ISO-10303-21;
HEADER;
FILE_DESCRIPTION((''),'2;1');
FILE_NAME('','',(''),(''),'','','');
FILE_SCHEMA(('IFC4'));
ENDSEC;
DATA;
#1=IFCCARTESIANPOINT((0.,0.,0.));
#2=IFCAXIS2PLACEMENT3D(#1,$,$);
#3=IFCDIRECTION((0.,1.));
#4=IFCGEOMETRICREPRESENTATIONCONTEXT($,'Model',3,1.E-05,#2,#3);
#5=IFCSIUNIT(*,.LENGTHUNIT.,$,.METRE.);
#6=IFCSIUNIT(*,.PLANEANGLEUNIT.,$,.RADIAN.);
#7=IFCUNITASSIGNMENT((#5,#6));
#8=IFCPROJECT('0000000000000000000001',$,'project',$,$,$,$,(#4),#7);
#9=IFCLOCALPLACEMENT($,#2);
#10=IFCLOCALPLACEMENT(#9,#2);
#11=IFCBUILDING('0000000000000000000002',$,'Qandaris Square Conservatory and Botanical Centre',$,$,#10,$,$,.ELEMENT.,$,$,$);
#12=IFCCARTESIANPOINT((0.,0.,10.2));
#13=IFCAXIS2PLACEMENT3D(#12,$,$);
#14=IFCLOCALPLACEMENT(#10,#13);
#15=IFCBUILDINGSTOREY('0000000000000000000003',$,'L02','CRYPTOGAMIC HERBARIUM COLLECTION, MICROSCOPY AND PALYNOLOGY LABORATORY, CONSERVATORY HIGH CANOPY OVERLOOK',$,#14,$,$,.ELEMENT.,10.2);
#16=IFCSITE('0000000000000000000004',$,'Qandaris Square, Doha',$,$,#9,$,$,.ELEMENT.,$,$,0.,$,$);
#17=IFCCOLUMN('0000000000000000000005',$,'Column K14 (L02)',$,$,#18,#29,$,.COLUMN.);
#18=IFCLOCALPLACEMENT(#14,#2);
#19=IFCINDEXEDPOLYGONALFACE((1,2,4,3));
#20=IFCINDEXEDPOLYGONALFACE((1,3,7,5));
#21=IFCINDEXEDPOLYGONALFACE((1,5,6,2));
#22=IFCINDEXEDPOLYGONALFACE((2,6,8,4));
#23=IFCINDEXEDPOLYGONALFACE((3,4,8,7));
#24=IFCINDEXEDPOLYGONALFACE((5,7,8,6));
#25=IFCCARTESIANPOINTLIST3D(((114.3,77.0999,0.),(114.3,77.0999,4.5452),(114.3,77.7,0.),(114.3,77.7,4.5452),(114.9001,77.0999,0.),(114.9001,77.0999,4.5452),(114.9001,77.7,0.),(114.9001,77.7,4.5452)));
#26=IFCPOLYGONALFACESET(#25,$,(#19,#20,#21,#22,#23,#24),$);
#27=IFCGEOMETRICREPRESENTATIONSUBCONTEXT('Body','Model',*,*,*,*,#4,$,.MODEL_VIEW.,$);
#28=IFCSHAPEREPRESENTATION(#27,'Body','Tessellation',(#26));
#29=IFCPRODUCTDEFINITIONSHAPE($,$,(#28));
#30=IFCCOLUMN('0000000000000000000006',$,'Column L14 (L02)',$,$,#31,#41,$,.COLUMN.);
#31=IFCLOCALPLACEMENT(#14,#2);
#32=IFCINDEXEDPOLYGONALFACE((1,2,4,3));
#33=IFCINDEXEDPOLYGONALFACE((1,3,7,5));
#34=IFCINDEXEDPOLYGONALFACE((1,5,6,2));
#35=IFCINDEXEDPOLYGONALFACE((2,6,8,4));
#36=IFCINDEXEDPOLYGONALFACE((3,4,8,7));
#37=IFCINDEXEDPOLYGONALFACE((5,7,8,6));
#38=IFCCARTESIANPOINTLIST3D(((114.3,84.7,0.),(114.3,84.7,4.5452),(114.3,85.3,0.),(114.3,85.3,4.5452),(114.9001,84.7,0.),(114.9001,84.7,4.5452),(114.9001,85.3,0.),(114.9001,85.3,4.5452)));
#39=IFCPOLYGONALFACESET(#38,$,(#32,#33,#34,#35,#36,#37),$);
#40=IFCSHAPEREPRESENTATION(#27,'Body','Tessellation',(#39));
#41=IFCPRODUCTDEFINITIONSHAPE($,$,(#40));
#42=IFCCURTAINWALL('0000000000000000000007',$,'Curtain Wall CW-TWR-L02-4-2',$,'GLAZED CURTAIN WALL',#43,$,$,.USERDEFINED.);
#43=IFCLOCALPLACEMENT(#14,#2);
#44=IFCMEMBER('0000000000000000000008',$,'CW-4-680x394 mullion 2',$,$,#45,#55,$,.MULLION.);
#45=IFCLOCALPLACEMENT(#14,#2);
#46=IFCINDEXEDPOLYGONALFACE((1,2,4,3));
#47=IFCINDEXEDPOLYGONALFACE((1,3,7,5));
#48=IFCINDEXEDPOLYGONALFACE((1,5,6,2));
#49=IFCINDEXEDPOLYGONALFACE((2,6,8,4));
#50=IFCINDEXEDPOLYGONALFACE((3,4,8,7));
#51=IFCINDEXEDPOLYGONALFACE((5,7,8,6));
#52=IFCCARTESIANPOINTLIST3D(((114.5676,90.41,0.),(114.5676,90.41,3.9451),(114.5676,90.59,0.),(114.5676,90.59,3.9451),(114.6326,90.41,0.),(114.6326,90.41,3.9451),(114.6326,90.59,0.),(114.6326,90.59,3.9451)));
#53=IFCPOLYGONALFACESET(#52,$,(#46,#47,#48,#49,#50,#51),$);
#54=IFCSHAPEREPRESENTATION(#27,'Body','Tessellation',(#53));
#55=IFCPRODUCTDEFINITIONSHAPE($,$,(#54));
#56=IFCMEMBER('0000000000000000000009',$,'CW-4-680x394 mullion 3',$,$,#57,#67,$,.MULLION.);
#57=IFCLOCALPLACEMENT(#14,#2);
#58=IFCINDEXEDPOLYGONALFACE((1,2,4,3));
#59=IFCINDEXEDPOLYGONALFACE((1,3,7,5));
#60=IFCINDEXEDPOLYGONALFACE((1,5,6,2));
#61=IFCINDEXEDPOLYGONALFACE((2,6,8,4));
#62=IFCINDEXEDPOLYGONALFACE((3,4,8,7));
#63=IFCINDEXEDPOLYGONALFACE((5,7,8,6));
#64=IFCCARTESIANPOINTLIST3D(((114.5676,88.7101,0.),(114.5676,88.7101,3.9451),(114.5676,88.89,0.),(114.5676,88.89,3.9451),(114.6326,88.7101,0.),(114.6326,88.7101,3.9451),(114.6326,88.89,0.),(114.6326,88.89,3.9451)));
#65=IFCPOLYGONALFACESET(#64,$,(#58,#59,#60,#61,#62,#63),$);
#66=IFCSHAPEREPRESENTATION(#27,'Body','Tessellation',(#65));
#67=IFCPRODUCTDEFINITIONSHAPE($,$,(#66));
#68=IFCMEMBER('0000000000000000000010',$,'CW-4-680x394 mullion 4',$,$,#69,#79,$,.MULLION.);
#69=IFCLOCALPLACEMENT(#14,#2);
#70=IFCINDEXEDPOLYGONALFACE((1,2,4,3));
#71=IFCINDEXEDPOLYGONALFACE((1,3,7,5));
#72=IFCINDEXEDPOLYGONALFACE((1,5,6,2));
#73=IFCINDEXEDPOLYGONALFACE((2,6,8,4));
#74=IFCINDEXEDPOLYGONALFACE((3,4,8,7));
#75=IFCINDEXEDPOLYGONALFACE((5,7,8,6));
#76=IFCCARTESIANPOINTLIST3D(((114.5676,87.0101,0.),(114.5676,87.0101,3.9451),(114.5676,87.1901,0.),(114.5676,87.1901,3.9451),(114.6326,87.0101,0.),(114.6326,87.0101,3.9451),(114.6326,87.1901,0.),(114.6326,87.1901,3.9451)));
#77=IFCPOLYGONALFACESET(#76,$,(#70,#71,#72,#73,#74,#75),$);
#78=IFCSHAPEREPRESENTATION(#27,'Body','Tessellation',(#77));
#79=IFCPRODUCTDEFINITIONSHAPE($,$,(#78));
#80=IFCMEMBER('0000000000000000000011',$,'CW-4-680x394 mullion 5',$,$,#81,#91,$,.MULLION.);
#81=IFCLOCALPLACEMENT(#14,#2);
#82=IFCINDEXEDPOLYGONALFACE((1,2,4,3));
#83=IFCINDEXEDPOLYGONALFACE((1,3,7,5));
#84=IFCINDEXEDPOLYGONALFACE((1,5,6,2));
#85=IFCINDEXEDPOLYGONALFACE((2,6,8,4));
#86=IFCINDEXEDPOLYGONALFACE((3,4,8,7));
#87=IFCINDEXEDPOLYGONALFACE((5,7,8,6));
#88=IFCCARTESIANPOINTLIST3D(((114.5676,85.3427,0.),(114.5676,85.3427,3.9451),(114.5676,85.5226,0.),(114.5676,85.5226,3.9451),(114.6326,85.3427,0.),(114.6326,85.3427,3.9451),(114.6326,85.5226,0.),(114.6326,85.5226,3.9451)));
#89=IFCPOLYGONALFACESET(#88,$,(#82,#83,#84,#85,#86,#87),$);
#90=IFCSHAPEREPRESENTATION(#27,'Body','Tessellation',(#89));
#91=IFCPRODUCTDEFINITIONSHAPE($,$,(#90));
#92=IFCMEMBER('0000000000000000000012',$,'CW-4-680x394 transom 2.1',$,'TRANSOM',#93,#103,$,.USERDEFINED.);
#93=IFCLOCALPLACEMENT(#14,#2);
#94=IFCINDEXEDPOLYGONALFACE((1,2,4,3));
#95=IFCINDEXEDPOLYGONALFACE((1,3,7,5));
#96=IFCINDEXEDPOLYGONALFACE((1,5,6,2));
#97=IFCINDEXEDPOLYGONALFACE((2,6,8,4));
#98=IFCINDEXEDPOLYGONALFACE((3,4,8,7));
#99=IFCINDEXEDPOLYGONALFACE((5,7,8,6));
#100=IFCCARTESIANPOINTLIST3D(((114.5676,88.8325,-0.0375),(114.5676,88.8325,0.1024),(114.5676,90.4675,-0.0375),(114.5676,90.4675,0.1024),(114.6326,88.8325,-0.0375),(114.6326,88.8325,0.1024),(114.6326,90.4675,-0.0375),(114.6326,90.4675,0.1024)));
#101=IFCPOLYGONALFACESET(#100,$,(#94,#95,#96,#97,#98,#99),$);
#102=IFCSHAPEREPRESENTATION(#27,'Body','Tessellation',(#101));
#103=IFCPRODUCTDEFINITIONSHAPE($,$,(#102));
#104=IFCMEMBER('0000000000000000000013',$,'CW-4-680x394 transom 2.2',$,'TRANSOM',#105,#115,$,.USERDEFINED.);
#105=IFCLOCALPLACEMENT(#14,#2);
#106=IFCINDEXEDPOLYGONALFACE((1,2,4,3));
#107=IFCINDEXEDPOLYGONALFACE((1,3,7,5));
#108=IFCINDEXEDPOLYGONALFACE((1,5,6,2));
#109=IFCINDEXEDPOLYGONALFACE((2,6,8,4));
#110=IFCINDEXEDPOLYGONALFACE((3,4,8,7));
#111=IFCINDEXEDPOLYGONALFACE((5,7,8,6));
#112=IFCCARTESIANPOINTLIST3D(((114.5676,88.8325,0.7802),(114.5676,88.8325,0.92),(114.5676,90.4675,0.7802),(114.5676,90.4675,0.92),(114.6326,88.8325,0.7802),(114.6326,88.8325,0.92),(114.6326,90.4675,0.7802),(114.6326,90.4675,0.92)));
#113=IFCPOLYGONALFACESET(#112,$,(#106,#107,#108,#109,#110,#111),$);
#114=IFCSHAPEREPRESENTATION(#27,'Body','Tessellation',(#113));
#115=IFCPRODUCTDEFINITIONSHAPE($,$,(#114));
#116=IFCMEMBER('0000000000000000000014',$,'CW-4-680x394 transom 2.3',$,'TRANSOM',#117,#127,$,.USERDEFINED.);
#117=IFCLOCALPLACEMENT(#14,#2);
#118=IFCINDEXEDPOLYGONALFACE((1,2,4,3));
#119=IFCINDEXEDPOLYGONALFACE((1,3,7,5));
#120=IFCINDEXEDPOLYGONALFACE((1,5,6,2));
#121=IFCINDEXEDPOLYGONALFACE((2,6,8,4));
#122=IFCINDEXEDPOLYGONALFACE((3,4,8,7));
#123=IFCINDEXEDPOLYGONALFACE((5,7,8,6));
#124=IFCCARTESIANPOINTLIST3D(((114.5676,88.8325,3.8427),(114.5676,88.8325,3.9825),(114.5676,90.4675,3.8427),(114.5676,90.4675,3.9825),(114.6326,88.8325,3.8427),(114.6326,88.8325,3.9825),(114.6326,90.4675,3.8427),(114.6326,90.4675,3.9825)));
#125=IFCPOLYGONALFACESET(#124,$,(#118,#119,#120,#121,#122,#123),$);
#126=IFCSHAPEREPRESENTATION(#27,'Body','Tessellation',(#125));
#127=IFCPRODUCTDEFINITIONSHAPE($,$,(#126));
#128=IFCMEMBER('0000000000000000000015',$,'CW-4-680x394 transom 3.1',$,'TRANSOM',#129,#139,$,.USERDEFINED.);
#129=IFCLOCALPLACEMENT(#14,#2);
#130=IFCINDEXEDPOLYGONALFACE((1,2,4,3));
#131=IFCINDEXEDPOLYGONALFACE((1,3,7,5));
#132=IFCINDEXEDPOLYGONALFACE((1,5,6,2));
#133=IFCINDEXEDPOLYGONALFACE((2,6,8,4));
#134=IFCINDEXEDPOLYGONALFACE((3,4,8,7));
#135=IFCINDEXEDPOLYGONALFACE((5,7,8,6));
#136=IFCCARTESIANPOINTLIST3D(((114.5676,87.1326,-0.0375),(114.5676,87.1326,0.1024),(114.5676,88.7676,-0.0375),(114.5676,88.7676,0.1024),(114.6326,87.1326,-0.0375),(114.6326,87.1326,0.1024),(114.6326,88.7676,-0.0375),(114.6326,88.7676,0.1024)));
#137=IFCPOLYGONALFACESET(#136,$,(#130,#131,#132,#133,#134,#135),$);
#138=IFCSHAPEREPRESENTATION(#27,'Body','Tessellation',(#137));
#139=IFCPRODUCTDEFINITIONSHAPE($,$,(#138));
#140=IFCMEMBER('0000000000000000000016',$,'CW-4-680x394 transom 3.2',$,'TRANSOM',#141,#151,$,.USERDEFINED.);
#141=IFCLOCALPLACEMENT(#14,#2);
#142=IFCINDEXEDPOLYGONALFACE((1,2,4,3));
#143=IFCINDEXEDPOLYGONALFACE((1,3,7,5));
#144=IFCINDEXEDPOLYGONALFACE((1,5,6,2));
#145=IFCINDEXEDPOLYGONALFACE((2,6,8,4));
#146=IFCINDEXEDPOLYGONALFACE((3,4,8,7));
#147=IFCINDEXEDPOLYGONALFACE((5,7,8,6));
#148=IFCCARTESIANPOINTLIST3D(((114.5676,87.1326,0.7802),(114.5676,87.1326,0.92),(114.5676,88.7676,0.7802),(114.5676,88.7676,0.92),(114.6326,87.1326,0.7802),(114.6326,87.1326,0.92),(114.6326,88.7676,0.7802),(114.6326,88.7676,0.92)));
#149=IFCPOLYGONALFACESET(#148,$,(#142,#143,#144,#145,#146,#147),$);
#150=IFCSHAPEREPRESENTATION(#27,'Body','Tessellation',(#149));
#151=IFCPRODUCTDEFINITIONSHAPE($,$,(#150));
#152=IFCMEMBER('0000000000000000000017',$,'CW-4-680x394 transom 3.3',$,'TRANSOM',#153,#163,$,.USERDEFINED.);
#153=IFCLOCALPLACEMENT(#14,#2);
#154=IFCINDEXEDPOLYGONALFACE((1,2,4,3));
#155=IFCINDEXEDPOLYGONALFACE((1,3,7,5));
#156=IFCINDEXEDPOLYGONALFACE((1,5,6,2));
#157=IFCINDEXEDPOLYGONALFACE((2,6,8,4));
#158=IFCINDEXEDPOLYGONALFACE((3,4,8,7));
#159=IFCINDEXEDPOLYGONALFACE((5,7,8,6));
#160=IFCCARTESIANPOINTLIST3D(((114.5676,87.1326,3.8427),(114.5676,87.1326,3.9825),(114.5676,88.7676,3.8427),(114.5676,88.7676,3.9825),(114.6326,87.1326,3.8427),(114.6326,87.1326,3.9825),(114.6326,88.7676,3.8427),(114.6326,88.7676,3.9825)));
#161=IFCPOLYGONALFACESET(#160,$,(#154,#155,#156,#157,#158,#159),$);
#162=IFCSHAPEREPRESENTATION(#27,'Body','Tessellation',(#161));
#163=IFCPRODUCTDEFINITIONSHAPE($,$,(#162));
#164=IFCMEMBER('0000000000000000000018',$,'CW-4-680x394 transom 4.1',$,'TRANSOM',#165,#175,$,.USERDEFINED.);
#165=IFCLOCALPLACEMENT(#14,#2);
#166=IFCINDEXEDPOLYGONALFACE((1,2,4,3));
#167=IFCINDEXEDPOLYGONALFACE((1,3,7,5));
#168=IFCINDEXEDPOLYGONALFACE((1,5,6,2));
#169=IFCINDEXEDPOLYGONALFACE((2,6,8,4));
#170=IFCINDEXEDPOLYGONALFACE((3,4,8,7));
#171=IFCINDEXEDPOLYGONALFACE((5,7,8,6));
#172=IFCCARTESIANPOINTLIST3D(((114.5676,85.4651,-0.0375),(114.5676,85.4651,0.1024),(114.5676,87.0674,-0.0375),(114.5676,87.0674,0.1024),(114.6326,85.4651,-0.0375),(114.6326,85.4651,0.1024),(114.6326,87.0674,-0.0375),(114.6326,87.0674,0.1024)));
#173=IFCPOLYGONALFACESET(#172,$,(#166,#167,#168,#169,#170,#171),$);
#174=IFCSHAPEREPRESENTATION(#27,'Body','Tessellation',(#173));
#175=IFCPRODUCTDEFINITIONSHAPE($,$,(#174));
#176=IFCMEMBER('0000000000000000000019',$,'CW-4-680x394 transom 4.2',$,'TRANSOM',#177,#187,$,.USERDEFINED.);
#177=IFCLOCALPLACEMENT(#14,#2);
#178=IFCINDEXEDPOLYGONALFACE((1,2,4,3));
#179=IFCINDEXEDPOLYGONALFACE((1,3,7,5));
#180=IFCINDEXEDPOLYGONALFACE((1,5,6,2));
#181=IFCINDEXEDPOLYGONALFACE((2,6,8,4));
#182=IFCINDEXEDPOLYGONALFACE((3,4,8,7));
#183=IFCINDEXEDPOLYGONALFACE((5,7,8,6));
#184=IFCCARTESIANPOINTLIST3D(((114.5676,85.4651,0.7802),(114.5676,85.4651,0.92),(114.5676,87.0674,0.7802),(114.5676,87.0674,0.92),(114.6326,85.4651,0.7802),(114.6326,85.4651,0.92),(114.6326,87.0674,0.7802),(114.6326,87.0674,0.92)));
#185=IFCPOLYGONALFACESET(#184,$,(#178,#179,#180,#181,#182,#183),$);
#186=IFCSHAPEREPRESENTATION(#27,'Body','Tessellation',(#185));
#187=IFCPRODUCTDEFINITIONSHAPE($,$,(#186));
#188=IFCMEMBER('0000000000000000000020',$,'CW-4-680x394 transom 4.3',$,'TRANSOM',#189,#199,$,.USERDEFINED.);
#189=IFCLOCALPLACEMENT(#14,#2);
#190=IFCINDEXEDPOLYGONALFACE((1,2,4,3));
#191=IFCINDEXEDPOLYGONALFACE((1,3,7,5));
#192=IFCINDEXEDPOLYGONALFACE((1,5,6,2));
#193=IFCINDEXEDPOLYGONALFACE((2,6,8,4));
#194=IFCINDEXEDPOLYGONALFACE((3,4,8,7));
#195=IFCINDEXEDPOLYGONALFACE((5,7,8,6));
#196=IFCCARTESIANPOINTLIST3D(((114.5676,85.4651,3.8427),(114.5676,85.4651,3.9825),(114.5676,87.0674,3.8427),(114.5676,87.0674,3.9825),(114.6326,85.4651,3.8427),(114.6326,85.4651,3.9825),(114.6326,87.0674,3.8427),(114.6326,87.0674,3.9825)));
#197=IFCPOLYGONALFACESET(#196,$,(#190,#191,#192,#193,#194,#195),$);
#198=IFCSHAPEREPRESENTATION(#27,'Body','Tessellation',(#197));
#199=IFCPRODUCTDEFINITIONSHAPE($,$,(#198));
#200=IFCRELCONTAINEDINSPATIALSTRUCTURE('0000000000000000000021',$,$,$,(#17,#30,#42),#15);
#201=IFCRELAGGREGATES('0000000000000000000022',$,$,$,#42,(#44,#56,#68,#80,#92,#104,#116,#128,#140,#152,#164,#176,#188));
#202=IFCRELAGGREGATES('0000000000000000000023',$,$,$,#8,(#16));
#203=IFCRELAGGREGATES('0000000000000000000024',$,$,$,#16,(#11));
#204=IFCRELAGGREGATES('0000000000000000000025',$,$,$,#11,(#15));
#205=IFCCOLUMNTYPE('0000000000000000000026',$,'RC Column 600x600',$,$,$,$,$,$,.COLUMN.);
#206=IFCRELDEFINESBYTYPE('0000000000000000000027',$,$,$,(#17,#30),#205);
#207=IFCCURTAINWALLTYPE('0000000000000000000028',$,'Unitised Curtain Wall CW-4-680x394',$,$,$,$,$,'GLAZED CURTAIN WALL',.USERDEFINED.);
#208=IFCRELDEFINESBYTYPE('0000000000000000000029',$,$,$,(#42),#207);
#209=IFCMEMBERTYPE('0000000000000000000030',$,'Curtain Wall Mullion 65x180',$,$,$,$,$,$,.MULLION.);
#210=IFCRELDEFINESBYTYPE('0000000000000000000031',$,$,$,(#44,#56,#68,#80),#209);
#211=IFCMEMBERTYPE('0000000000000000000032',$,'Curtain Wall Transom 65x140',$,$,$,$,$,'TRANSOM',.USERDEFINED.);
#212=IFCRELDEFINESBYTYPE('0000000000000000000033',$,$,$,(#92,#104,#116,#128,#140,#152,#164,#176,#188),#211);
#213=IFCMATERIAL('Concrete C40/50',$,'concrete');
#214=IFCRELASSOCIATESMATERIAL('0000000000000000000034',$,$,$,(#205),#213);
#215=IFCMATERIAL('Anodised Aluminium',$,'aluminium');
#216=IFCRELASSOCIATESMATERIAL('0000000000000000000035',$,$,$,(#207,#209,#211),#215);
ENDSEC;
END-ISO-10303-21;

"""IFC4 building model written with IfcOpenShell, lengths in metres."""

from ifc_helpers import new_model, si_unit, direction, frame, origin, origin_2d, place, context, subcontext, project, spatial, rectangle, extrude, material, material_profile, profile_set, type_object, element, aggregate, save


model = new_model("IFC4")

# Units and contexts
model_context = context("Model", 3, precision=1e-05, world=origin(), true_north=direction((0.0, 1.0)))
body_context = subcontext(model_context, "Body", "Model", "MODEL_VIEW")
ifc_project = project(units=[si_unit("LENGTHUNIT", "METRE"), si_unit("PLANEANGLEUNIT", "RADIAN")], contexts=[model_context])

# Site, building, storey
site_placement = place(None, origin())
site = spatial("IfcSite", under=ifc_project, at=site_placement, Name="Qandaris Square, Doha", CompositionType="ELEMENT", RefElevation=0.0)
building_placement = place(site_placement, origin())
building = spatial("IfcBuilding", under=site, at=building_placement, Name="Qandaris Square Conservatory and Botanical Centre", CompositionType="ELEMENT")
storey_placement = place(building_placement, frame((0.0, 0.0, 10.2)))
storey = spatial("IfcBuildingStorey", under=building, at=storey_placement, Name="L02", Description="CRYPTOGAMIC HERBARIUM COLLECTION, MICROSCOPY AND PALYNOLOGY LABORATORY, CONSERVATORY HIGH CANOPY OVERLOOK", CompositionType="ELEMENT", Elevation=10.2)

# Columns
ifc_material_1 = material(Name="Concrete C40/50", Category="concrete")
ifc_material_profile_1 = material_profile(ifc_material_1, rectangle(XDim=0.6001, YDim=0.6001, at=origin_2d()), Name="RC-COL 600x600")
ifc_profile_set_1 = profile_set([ifc_material_profile_1], Name="Concrete C40/50")
column_type = type_object("IfcColumnType", Name="RC Column 600x600", PredefinedType="COLUMN", material=ifc_profile_set_1)
for number, where, z_axis, x_axis, name in (
    (1, (114.6001, 77.3999, 0.0), (0.0, 0.0, 1.0), (1.0, 0.0, 0.0), "Column K14 (L02)"),
    (2, (114.6001, 85.0, 0.0), (0.0, 0.0, 1.0), (1.0, 0.0, 0.0), "Column L14 (L02)"),
):
    element("IfcColumn", number, at=place(storey_placement, frame(where, z_axis=z_axis, x_axis=x_axis)), inside=storey, type_object=column_type, Name=name, PredefinedType="COLUMN", context=body_context, shape_type="SweptSolid", body=[
        extrude(rectangle(XDim=0.6001, YDim=0.6001, at=origin_2d()), origin(), (0.0, 0.0, 1.0), 4.5452),
    ])

# Curtain wall, members
ifc_material_2 = material(Name="Anodised Aluminium", Category="aluminium")
curtain_wall_type = type_object("IfcCurtainWallType", Name="Unitised Curtain Wall CW-4-680x394", ElementType="GLAZED CURTAIN WALL", PredefinedType="USERDEFINED", material=ifc_material_2)
curtain_wall_placement = place(storey_placement, origin())
curtain_wall = element("IfcCurtainWall", 3, at=curtain_wall_placement, inside=storey, type_object=curtain_wall_type, Name="Curtain Wall CW-TWR-L02-4-2", ObjectType="GLAZED CURTAIN WALL", PredefinedType="USERDEFINED")
ifc_material_profile_2 = material_profile(ifc_material_2, rectangle(XDim=0.0649, YDim=0.1799, at=origin_2d()), Name="ALU-MUL 65x180")
ifc_profile_set_2 = profile_set([ifc_material_profile_2], Name="Anodised Aluminium")
member_type_1 = type_object("IfcMemberType", Name="Curtain Wall Mullion 65x180", PredefinedType="MULLION", material=ifc_profile_set_2)
member_1_placement = place(storey_placement, frame((114.6001, 90.5, 0.0), z_axis=(0.0, 0.0, 1.0), x_axis=(1.0, 0.0, 0.0)))
member_1 = element("IfcMember", 4, at=member_1_placement, type_object=member_type_1, Name="CW-4-680x394 mullion 2", PredefinedType="MULLION", context=body_context, shape_type="SweptSolid", body=[
    extrude(rectangle(XDim=0.0649, YDim=0.1799, at=origin_2d()), origin(), (0.0, 0.0, 1.0), 3.9451),
])
member_2_placement = place(storey_placement, frame((114.6001, 88.8, 0.0), z_axis=(0.0, 0.0, 1.0), x_axis=(1.0, 0.0, 0.0)))
member_2 = element("IfcMember", 5, at=member_2_placement, type_object=member_type_1, Name="CW-4-680x394 mullion 3", PredefinedType="MULLION", context=body_context, shape_type="SweptSolid", body=[
    extrude(rectangle(XDim=0.0649, YDim=0.1799, at=origin_2d()), origin(), (0.0, 0.0, 1.0), 3.9451),
])
member_3_placement = place(storey_placement, frame((114.6001, 87.1001, 0.0), z_axis=(0.0, 0.0, 1.0), x_axis=(1.0, 0.0, 0.0)))
member_3 = element("IfcMember", 6, at=member_3_placement, type_object=member_type_1, Name="CW-4-680x394 mullion 4", PredefinedType="MULLION", context=body_context, shape_type="SweptSolid", body=[
    extrude(rectangle(XDim=0.0649, YDim=0.1799, at=origin_2d()), origin(), (0.0, 0.0, 1.0), 3.9451),
])
member_4_placement = place(storey_placement, frame((114.6001, 85.4326, 0.0), z_axis=(0.0, 0.0, 1.0), x_axis=(1.0, 0.0, 0.0)))
member_4 = element("IfcMember", 7, at=member_4_placement, type_object=member_type_1, Name="CW-4-680x394 mullion 5", PredefinedType="MULLION", context=body_context, shape_type="SweptSolid", body=[
    extrude(rectangle(XDim=0.0649, YDim=0.1799, at=origin_2d()), origin(), (0.0, 0.0, 1.0), 3.9451),
])
ifc_material_profile_3 = material_profile(ifc_material_2, rectangle(XDim=0.0649, YDim=0.1399, at=origin_2d()), Name="ALU-TRN 65x140")
ifc_profile_set_3 = profile_set([ifc_material_profile_3], Name="Anodised Aluminium")
member_type_2 = type_object("IfcMemberType", Name="Curtain Wall Transom 65x140", ElementType="TRANSOM", PredefinedType="USERDEFINED", material=ifc_profile_set_3)
member_5_placement = place(storey_placement, frame((114.6001, 90.4675, 0.0325), z_axis=(0.0, -1.0, 0.0), x_axis=(1.0, 0.0, 0.0)))
member_5 = element("IfcMember", 8, at=member_5_placement, type_object=member_type_2, Name="CW-4-680x394 transom 2.1", ObjectType="TRANSOM", PredefinedType="USERDEFINED", context=body_context, shape_type="SweptSolid", body=[
    extrude(rectangle(XDim=0.0649, YDim=0.1399, at=origin_2d()), origin(), (0.0, 0.0, 1.0), 1.635),
])
member_6_placement = place(storey_placement, frame((114.6001, 90.4675, 0.8501), z_axis=(0.0, -1.0, 0.0), x_axis=(1.0, 0.0, 0.0)))
member_6 = element("IfcMember", 9, at=member_6_placement, type_object=member_type_2, Name="CW-4-680x394 transom 2.2", ObjectType="TRANSOM", PredefinedType="USERDEFINED", context=body_context, shape_type="SweptSolid", body=[
    extrude(rectangle(XDim=0.0649, YDim=0.1399, at=origin_2d()), origin(), (0.0, 0.0, 1.0), 1.635),
])
member_7_placement = place(storey_placement, frame((114.6001, 90.4675, 3.9126), z_axis=(0.0, -1.0, 0.0), x_axis=(1.0, 0.0, 0.0)))
member_7 = element("IfcMember", 10, at=member_7_placement, type_object=member_type_2, Name="CW-4-680x394 transom 2.3", ObjectType="TRANSOM", PredefinedType="USERDEFINED", context=body_context, shape_type="SweptSolid", body=[
    extrude(rectangle(XDim=0.0649, YDim=0.1399, at=origin_2d()), origin(), (0.0, 0.0, 1.0), 1.635),
])
member_8_placement = place(storey_placement, frame((114.6001, 88.7676, 0.0325), z_axis=(0.0, -1.0, 0.0), x_axis=(1.0, 0.0, 0.0)))
member_8 = element("IfcMember", 11, at=member_8_placement, type_object=member_type_2, Name="CW-4-680x394 transom 3.1", ObjectType="TRANSOM", PredefinedType="USERDEFINED", context=body_context, shape_type="SweptSolid", body=[
    extrude(rectangle(XDim=0.0649, YDim=0.1399, at=origin_2d()), origin(), (0.0, 0.0, 1.0), 1.635),
])
member_9_placement = place(storey_placement, frame((114.6001, 88.7676, 0.8501), z_axis=(0.0, -1.0, 0.0), x_axis=(1.0, 0.0, 0.0)))
member_9 = element("IfcMember", 12, at=member_9_placement, type_object=member_type_2, Name="CW-4-680x394 transom 3.2", ObjectType="TRANSOM", PredefinedType="USERDEFINED", context=body_context, shape_type="SweptSolid", body=[
    extrude(rectangle(XDim=0.0649, YDim=0.1399, at=origin_2d()), origin(), (0.0, 0.0, 1.0), 1.635),
])
member_10_placement = place(storey_placement, frame((114.6001, 88.7676, 3.9126), z_axis=(0.0, -1.0, 0.0), x_axis=(1.0, 0.0, 0.0)))
member_10 = element("IfcMember", 13, at=member_10_placement, type_object=member_type_2, Name="CW-4-680x394 transom 3.3", ObjectType="TRANSOM", PredefinedType="USERDEFINED", context=body_context, shape_type="SweptSolid", body=[
    extrude(rectangle(XDim=0.0649, YDim=0.1399, at=origin_2d()), origin(), (0.0, 0.0, 1.0), 1.635),
])
member_11_placement = place(storey_placement, frame((114.6001, 87.0674, 0.0325), z_axis=(0.0, -1.0, 0.0), x_axis=(1.0, 0.0, 0.0)))
member_11 = element("IfcMember", 14, at=member_11_placement, type_object=member_type_2, Name="CW-4-680x394 transom 4.1", ObjectType="TRANSOM", PredefinedType="USERDEFINED", context=body_context, shape_type="SweptSolid", body=[
    extrude(rectangle(XDim=0.0649, YDim=0.1399, at=origin_2d()), origin(), (0.0, 0.0, 1.0), 1.6023),
])
member_12_placement = place(storey_placement, frame((114.6001, 87.0674, 0.8501), z_axis=(0.0, -1.0, 0.0), x_axis=(1.0, 0.0, 0.0)))
member_12 = element("IfcMember", 15, at=member_12_placement, type_object=member_type_2, Name="CW-4-680x394 transom 4.2", ObjectType="TRANSOM", PredefinedType="USERDEFINED", context=body_context, shape_type="SweptSolid", body=[
    extrude(rectangle(XDim=0.0649, YDim=0.1399, at=origin_2d()), origin(), (0.0, 0.0, 1.0), 1.6023),
])
member_13_placement = place(storey_placement, frame((114.6001, 87.0674, 3.9126), z_axis=(0.0, -1.0, 0.0), x_axis=(1.0, 0.0, 0.0)))
member_13 = element("IfcMember", 16, at=member_13_placement, type_object=member_type_2, Name="CW-4-680x394 transom 4.3", ObjectType="TRANSOM", PredefinedType="USERDEFINED", context=body_context, shape_type="SweptSolid", body=[
    extrude(rectangle(XDim=0.0649, YDim=0.1399, at=origin_2d()), origin(), (0.0, 0.0, 1.0), 1.6023),
])

aggregate(curtain_wall, [member_1, member_2, member_3, member_4, member_5, member_6, member_7, member_8, member_9, member_10, member_11, member_12, member_13])

save(model, "model.ifc")
